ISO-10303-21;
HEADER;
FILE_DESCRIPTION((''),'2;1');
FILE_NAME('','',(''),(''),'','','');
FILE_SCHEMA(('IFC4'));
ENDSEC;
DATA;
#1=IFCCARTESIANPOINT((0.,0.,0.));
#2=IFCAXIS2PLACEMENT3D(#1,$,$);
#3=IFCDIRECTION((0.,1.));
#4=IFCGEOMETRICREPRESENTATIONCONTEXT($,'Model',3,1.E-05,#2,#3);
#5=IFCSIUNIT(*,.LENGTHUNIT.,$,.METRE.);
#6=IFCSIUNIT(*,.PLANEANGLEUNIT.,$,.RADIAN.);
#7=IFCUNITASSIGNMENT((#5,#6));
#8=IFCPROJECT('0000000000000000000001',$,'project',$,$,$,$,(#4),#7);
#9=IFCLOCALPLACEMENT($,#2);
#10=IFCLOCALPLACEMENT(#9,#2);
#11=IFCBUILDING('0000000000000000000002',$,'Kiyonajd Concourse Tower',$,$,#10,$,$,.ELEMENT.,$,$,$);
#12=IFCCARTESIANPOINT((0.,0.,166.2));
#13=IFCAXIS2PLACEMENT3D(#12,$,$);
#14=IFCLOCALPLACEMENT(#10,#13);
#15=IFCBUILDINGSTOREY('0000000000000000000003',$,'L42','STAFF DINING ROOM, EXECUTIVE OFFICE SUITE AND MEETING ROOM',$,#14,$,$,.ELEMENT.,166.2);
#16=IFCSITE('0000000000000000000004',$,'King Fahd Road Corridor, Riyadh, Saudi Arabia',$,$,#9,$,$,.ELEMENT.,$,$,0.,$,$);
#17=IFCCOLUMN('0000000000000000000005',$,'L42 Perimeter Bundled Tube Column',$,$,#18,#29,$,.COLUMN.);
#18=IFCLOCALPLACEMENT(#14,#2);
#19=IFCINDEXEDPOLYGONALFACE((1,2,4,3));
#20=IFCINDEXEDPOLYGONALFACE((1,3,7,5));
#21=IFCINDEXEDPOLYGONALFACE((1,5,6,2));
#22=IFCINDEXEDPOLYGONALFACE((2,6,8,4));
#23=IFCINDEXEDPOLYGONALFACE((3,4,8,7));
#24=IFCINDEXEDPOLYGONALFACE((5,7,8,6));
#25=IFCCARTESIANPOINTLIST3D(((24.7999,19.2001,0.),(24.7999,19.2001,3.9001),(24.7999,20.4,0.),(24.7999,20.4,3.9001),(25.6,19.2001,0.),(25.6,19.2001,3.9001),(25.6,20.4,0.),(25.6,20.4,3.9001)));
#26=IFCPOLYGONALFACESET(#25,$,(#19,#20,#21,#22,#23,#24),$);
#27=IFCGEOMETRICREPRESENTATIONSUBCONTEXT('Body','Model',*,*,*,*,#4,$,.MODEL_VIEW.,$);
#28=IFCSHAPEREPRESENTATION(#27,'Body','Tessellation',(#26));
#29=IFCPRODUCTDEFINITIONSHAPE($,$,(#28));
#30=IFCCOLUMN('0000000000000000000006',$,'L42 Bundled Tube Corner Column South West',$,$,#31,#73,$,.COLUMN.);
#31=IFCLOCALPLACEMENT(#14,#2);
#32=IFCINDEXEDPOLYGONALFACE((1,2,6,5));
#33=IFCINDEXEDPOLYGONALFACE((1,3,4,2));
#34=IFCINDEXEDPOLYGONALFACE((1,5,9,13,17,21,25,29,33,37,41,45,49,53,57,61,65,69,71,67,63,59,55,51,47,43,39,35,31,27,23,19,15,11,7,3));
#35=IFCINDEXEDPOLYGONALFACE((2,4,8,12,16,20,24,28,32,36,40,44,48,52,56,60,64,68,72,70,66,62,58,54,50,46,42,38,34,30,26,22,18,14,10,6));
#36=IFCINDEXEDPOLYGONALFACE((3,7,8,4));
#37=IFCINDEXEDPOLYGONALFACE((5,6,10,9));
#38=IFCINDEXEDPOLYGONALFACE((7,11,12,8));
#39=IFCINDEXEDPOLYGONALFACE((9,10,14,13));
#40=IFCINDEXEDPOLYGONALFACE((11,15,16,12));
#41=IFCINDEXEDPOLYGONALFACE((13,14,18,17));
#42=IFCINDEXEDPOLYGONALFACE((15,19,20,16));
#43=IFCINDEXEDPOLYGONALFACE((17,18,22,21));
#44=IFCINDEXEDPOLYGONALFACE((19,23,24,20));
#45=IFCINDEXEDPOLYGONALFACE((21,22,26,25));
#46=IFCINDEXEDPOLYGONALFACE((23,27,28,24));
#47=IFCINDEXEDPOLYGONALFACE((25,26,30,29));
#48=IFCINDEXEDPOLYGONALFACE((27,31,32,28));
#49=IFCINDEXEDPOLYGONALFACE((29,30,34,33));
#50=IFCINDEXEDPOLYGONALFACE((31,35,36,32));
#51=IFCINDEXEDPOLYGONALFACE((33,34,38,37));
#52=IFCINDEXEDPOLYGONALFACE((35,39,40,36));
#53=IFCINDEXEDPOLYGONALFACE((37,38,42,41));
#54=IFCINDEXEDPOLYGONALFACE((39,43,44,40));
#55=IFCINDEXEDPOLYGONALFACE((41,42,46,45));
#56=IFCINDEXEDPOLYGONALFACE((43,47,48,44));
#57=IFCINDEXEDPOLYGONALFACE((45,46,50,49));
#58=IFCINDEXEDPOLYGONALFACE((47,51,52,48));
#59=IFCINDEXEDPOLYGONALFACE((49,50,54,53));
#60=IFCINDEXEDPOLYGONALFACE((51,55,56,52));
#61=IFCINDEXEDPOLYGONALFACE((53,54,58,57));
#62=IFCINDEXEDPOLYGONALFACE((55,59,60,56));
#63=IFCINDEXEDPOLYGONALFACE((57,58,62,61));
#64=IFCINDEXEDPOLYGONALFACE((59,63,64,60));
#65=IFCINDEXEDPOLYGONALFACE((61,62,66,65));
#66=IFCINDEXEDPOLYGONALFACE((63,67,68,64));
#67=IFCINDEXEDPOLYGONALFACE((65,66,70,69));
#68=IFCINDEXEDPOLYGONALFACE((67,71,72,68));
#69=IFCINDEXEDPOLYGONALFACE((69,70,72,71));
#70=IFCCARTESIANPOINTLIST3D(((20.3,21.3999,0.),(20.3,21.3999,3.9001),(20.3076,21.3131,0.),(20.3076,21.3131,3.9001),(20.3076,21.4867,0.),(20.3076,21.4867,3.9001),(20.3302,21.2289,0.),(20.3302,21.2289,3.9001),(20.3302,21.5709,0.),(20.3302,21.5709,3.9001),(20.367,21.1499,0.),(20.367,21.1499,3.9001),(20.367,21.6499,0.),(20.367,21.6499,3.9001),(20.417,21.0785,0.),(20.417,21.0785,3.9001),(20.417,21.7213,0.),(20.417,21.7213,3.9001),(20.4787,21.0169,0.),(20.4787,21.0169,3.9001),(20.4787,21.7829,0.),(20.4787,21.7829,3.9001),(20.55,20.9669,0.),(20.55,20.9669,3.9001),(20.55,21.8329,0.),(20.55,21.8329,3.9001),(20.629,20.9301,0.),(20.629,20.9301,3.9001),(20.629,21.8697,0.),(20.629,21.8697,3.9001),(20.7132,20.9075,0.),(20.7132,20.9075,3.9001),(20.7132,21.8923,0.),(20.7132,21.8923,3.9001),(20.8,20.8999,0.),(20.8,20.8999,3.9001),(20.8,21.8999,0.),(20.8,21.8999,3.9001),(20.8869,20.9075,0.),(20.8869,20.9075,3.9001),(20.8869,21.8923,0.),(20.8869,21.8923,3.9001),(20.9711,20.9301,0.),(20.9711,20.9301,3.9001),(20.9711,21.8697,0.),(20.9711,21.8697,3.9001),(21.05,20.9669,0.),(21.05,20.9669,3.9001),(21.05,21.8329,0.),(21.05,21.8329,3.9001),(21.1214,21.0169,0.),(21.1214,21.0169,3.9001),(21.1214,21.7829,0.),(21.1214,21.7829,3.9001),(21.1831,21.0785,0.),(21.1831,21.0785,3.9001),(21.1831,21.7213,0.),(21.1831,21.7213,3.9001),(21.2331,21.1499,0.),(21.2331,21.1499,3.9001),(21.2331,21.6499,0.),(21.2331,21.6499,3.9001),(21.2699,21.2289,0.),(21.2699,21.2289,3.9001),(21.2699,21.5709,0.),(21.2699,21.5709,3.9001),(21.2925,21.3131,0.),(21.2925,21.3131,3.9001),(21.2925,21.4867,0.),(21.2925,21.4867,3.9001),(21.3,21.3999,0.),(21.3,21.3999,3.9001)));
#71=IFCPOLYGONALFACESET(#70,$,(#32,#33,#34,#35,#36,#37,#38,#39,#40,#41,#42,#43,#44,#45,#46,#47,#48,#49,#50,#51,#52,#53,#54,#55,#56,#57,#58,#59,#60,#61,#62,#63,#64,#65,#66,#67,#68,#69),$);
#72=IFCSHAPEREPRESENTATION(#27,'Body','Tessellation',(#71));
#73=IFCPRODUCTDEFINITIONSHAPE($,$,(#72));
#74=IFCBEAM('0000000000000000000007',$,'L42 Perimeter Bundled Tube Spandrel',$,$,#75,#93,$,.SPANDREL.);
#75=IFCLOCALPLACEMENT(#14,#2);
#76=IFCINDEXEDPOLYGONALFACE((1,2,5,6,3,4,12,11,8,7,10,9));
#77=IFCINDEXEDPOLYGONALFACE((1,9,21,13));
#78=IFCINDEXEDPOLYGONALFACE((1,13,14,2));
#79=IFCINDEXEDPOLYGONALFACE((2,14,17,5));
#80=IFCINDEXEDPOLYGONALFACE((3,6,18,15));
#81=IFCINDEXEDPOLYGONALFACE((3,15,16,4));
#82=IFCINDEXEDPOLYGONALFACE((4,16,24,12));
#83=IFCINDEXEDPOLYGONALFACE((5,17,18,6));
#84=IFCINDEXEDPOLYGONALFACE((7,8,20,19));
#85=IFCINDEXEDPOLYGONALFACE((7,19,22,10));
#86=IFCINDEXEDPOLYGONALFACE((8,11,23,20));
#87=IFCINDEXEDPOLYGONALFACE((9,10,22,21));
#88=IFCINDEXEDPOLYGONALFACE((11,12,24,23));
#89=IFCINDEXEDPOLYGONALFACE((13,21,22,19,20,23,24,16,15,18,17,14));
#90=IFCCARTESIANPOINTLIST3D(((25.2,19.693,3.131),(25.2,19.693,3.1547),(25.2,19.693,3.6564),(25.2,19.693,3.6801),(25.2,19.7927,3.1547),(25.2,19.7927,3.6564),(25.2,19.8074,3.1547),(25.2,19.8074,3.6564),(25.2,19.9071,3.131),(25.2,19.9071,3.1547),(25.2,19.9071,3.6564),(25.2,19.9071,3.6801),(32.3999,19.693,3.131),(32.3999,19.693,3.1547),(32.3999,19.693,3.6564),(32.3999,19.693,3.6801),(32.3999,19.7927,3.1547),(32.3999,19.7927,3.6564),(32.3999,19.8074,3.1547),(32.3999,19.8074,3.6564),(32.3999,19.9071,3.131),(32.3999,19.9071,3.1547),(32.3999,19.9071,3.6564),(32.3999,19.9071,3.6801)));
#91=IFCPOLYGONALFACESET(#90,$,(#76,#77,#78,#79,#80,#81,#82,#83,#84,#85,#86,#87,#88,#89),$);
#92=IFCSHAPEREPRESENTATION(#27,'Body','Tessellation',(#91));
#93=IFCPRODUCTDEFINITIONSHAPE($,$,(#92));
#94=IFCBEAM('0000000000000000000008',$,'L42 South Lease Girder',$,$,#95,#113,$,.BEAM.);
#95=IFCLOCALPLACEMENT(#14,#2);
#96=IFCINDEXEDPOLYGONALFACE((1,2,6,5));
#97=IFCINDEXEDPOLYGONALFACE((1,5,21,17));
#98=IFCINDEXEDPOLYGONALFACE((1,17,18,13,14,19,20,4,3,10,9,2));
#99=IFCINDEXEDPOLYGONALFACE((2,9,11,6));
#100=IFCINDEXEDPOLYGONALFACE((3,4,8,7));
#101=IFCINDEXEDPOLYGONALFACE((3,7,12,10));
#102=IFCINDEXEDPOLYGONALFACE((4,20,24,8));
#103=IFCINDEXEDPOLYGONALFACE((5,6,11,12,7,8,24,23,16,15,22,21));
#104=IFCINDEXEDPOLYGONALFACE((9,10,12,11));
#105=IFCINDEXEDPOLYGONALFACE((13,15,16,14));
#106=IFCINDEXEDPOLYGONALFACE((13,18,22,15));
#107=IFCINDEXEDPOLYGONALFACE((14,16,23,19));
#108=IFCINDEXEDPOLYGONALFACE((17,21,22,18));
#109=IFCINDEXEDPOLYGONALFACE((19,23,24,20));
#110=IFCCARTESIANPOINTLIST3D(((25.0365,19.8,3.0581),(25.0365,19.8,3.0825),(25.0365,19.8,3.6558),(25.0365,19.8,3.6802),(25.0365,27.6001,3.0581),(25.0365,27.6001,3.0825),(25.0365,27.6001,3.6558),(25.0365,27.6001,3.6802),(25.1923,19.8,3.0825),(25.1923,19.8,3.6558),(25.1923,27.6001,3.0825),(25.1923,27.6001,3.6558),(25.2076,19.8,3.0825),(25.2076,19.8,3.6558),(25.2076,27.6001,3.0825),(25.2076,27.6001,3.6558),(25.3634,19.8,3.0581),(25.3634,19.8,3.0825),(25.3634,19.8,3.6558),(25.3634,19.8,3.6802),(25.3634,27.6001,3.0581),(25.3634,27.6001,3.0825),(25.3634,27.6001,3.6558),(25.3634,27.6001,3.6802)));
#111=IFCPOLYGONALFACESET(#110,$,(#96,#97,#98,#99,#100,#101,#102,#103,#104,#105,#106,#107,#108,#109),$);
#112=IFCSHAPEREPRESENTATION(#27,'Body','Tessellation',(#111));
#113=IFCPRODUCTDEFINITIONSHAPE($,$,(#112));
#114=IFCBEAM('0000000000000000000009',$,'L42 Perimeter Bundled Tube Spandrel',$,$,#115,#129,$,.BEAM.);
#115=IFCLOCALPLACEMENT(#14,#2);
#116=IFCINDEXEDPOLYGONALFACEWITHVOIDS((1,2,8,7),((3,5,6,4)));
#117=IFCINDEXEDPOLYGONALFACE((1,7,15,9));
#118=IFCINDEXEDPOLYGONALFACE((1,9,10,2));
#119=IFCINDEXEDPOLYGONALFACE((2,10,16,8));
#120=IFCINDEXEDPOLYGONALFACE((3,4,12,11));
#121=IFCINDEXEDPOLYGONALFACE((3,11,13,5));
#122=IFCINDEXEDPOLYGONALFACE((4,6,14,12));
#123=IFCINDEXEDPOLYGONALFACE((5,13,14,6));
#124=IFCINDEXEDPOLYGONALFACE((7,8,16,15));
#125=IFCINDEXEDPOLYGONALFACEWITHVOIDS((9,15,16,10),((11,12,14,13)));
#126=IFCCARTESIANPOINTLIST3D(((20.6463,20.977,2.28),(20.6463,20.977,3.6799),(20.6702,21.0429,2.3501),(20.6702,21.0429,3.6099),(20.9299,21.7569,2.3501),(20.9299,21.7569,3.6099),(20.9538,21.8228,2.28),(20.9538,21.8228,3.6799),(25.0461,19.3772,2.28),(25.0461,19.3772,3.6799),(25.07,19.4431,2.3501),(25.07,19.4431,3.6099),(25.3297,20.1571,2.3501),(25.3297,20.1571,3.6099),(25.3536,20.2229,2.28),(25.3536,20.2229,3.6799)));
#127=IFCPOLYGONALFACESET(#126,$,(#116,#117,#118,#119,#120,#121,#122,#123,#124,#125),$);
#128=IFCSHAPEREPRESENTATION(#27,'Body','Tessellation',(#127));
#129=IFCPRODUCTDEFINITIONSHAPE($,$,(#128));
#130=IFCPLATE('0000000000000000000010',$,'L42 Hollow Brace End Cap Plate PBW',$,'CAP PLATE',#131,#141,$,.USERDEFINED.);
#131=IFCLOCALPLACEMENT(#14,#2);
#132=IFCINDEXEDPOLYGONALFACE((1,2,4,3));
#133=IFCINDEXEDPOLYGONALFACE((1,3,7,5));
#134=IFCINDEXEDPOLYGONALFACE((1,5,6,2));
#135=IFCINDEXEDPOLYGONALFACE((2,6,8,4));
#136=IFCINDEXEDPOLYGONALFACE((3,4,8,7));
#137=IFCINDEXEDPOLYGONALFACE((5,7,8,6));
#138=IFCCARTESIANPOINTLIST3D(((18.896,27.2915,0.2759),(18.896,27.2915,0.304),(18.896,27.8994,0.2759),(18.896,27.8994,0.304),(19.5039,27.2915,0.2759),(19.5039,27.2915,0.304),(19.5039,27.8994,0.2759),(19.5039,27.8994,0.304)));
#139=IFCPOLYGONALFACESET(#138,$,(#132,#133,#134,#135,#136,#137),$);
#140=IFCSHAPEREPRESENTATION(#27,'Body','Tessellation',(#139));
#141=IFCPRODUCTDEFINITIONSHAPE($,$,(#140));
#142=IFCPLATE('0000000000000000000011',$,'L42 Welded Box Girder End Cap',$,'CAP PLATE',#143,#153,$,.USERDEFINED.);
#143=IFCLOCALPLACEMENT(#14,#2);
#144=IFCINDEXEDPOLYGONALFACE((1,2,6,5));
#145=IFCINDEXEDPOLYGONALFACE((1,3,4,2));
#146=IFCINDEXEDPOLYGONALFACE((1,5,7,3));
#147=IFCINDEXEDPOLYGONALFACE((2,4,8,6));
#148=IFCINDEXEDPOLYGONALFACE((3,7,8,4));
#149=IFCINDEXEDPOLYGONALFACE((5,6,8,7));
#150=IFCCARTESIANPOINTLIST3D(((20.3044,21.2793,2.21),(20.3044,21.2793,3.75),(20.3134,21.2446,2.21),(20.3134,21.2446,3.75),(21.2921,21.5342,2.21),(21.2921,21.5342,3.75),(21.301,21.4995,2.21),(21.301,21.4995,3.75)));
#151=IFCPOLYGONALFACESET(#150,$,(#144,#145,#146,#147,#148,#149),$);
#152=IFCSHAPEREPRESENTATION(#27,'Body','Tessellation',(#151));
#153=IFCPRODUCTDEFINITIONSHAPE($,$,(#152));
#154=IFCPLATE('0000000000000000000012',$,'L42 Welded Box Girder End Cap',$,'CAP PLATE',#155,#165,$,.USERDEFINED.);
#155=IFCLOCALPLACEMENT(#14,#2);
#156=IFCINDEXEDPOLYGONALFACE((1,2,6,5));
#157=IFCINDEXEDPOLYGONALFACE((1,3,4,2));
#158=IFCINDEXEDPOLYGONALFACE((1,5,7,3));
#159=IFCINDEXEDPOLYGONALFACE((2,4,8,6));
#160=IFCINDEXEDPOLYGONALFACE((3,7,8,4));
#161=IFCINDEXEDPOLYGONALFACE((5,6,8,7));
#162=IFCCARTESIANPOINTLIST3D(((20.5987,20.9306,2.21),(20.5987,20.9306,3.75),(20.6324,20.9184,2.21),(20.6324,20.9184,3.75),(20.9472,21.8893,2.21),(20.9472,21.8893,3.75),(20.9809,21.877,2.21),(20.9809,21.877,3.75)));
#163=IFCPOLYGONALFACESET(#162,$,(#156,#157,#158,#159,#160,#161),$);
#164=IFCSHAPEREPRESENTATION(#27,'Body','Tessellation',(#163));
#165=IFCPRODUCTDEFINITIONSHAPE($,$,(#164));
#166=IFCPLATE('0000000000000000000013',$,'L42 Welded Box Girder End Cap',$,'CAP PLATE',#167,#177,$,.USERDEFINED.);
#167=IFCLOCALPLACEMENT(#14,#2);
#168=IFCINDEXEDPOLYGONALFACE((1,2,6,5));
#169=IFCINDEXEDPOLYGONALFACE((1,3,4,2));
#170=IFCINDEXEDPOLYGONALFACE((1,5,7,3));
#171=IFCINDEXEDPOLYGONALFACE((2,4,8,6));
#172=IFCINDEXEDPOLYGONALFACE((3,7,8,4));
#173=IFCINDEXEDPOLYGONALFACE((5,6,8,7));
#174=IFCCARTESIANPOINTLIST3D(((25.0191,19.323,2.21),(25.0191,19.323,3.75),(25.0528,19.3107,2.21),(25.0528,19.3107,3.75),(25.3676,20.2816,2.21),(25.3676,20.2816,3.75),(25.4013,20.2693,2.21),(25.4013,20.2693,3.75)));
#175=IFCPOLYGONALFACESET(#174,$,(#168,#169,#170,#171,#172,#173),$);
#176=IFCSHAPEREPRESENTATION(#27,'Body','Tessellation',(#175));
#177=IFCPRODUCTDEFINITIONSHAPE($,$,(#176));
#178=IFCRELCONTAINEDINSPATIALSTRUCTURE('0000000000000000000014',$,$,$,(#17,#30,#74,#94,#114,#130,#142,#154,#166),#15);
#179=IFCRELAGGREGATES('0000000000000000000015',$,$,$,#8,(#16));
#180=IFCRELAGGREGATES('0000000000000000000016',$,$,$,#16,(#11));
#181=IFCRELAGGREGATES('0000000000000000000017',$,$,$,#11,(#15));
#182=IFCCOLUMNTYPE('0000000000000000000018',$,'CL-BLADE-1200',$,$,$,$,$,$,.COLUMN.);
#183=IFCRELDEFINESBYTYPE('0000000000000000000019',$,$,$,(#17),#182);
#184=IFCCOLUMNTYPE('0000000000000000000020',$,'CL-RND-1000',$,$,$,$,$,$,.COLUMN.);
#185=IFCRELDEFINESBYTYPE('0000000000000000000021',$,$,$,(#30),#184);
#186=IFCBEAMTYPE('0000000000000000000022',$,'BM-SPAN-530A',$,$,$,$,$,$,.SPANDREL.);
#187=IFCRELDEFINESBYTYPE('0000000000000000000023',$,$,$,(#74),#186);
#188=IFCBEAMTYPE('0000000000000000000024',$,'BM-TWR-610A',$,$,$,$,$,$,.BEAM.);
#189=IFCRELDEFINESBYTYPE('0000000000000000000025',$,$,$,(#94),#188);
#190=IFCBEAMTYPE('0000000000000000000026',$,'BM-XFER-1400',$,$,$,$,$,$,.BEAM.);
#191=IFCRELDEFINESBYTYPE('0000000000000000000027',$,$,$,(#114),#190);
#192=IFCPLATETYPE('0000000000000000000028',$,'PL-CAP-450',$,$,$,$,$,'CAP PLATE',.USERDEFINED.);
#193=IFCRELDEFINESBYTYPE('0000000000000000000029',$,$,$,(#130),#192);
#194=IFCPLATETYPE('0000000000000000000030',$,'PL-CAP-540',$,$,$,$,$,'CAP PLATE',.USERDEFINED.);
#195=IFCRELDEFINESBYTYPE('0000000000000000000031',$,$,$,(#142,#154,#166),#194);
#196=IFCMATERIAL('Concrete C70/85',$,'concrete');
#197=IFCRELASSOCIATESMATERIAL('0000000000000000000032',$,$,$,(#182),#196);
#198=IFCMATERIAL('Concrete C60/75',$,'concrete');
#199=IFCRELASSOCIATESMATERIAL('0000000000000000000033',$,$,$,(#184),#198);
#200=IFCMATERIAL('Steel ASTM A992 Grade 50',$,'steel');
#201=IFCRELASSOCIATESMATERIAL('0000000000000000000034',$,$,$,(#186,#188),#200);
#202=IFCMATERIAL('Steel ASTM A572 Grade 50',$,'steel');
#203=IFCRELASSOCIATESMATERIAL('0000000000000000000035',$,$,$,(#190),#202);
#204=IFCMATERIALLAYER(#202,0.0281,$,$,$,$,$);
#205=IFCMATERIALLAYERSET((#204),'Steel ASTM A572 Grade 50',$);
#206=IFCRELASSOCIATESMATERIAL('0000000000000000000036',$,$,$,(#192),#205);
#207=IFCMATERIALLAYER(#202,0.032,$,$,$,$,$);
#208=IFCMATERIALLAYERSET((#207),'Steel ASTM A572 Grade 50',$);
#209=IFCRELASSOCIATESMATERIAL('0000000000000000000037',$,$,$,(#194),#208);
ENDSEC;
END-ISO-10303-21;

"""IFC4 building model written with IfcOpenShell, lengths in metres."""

from ifc_helpers import new_model, si_unit, direction, frame, origin, origin_2d, place, context, subcontext, project, spatial, rectangle, hollow_rectangle, circle, i_section, extrude, material, layer, layer_set, material_profile, profile_set, type_object, element, save


model = new_model("IFC4")

# Units and contexts
model_context = context("Model", 3, precision=1e-05, world=origin(), true_north=direction((0.0, 1.0)))
body_context = subcontext(model_context, "Body", "Model", "MODEL_VIEW")
ifc_project = project(units=[si_unit("LENGTHUNIT", "METRE"), si_unit("PLANEANGLEUNIT", "RADIAN")], contexts=[model_context])

# Site, building, storey
site_placement = place(None, origin())
site = spatial("IfcSite", under=ifc_project, at=site_placement, Name="King Fahd Road Corridor, Riyadh, Saudi Arabia", CompositionType="ELEMENT", RefElevation=0.0)
building_placement = place(site_placement, origin())
building = spatial("IfcBuilding", under=site, at=building_placement, Name="Kiyonajd Concourse Tower", CompositionType="ELEMENT")
storey_placement = place(building_placement, frame((0.0, 0.0, 166.2)))
storey = spatial("IfcBuildingStorey", under=building, at=storey_placement, Name="L42", Description="STAFF DINING ROOM, EXECUTIVE OFFICE SUITE AND MEETING ROOM", CompositionType="ELEMENT", Elevation=166.2)

# Columns
ifc_material_1 = material(Name="Concrete C70/85", Category="concrete")
ifc_material_profile_1 = material_profile(ifc_material_1, rectangle(XDim=0.8, YDim=1.2, at=origin_2d()), Name="RC-1200x800")
ifc_profile_set_1 = profile_set([ifc_material_profile_1], Name="Concrete C70/85")
column_type_1 = type_object("IfcColumnType", Name="CL-BLADE-1200", PredefinedType="COLUMN", material=ifc_profile_set_1)
column_1_placement = place(storey_placement, frame((25.2, 19.8, 0.0), z_axis=(0.0, 0.0, 1.0), x_axis=(1.0, 0.0, 0.0)))
element("IfcColumn", 1, at=column_1_placement, inside=storey, type_object=column_type_1, Name="L42 Perimeter Bundled Tube Column", PredefinedType="COLUMN", context=body_context, shape_type="SweptSolid", body=[
    extrude(rectangle(XDim=0.8, YDim=1.2, at=origin_2d()), origin(), (0.0, 0.0, 1.0), 3.9001),
])
ifc_material_2 = material(Name="Concrete C60/75", Category="concrete")
ifc_material_profile_2 = material_profile(ifc_material_2, circle(Radius=0.5, at=origin_2d()), Name="RCC-D1000")
ifc_profile_set_2 = profile_set([ifc_material_profile_2], Name="Concrete C60/75")
column_type_2 = type_object("IfcColumnType", Name="CL-RND-1000", PredefinedType="COLUMN", material=ifc_profile_set_2)
column_2_placement = place(storey_placement, frame((20.8, 21.3999, 0.0), z_axis=(0.0, 0.0, 1.0), x_axis=(1.0, 0.0, 0.0)))
element("IfcColumn", 2, at=column_2_placement, inside=storey, type_object=column_type_2, Name="L42 Bundled Tube Corner Column South West", PredefinedType="COLUMN", context=body_context, shape_type="SweptSolid", body=[
    extrude(circle(Radius=0.5, at=origin_2d()), origin(), (0.0, 0.0, 1.0), 3.9001),
])

# Beams
ifc_material_3 = material(Name="Steel ASTM A992 Grade 50", Category="steel")
ifc_material_profile_3 = material_profile(ifc_material_3, i_section(OverallWidth=0.2141, OverallDepth=0.5491, WebThickness=0.0146, FlangeThickness=0.0237, at=origin_2d()), Name="W530X138")
ifc_profile_set_3 = profile_set([ifc_material_profile_3], Name="Steel ASTM A992 Grade 50")
beam_type_1 = type_object("IfcBeamType", Name="BM-SPAN-530A", PredefinedType="SPANDREL", material=ifc_profile_set_3)
beam_1_placement = place(storey_placement, frame((25.2, 19.8, 3.4055), z_axis=(1.0, 0.0, 0.0), x_axis=(0.0, 1.0, 0.0)))
element("IfcBeam", 3, at=beam_1_placement, inside=storey, type_object=beam_type_1, Name="L42 Perimeter Bundled Tube Spandrel", PredefinedType="SPANDREL", context=body_context, shape_type="SweptSolid", body=[
    extrude(i_section(OverallWidth=0.2141, OverallDepth=0.5491, WebThickness=0.0146, FlangeThickness=0.0237, at=origin_2d()), origin(), (0.0, 0.0, 1.0), 7.2),
])
ifc_material_profile_4 = material_profile(ifc_material_3, i_section(OverallWidth=0.3269, OverallDepth=0.6221, WebThickness=0.0154, FlangeThickness=0.0244, at=origin_2d()), Name="W610X195")
ifc_profile_set_4 = profile_set([ifc_material_profile_4], Name="Steel ASTM A992 Grade 50")
beam_type_2 = type_object("IfcBeamType", Name="BM-TWR-610A", PredefinedType="BEAM", material=ifc_profile_set_4)
beam_2_placement = place(storey_placement, frame((25.2, 19.8, 3.3691), z_axis=(0.0, 1.0, 0.0), x_axis=(-1.0, 0.0, 0.0)))
element("IfcBeam", 4, at=beam_2_placement, inside=storey, type_object=beam_type_2, Name="L42 South Lease Girder", PredefinedType="BEAM", context=body_context, shape_type="SweptSolid", body=[
    extrude(i_section(OverallWidth=0.3269, OverallDepth=0.6221, WebThickness=0.0154, FlangeThickness=0.0244, at=origin_2d()), origin(), (0.0, 0.0, 1.0), 7.8),
])
ifc_material_4 = material(Name="Steel ASTM A572 Grade 50", Category="steel")
ifc_material_profile_5 = material_profile(ifc_material_4, hollow_rectangle(XDim=0.8999, YDim=1.3999, WallThickness=0.0701, at=origin_2d()), Name="BOX-1400x900x70")
ifc_profile_set_5 = profile_set([ifc_material_profile_5], Name="Steel ASTM A572 Grade 50")
beam_type_3 = type_object("IfcBeamType", Name="BM-XFER-1400", PredefinedType="BEAM", material=ifc_profile_set_5)
beam_3_placement = place(storey_placement, frame((20.8, 21.3999, 2.98), z_axis=(0.939801, -0.341722, 0.0), x_axis=(0.341722, 0.939801, 0.0)))
element("IfcBeam", 5, at=beam_3_placement, inside=storey, type_object=beam_type_3, Name="L42 Perimeter Bundled Tube Spandrel", PredefinedType="BEAM", context=body_context, shape_type="SweptSolid", body=[
    extrude(hollow_rectangle(XDim=0.8999, YDim=1.3999, WallThickness=0.0701, at=origin_2d()), origin(), (0.0, 0.0, 1.0), 4.6816),
])

# Plates
ifc_layer_1 = layer(ifc_material_4, 0.0281)
ifc_layer_set_1 = layer_set([ifc_layer_1], Name="Steel ASTM A572 Grade 50")
plate_type_1 = type_object("IfcPlateType", Name="PL-CAP-450", ElementType="CAP PLATE", PredefinedType="USERDEFINED", material=ifc_layer_set_1)
plate_placement = place(storey_placement, frame((19.2, 27.5955, 0.2759), z_axis=(0.0, 0.0, 1.0), x_axis=(1.0, 0.0, 0.0)))
element("IfcPlate", 6, at=plate_placement, inside=storey, type_object=plate_type_1, Name="L42 Hollow Brace End Cap Plate PBW", ObjectType="CAP PLATE", PredefinedType="USERDEFINED", context=body_context, shape_type="SweptSolid", body=[
    extrude(rectangle(XDim=0.6079, YDim=0.6079, at=origin_2d()), origin(), (0.0, 0.0, 1.0), 0.0281),
])
ifc_layer_2 = layer(ifc_material_4, 0.032)
ifc_layer_set_2 = layer_set([ifc_layer_2], Name="Steel ASTM A572 Grade 50")
plate_type_2 = type_object("IfcPlateType", Name="PL-CAP-540", ElementType="CAP PLATE", PredefinedType="USERDEFINED", material=ifc_layer_set_2)
for number, where, z_axis, x_axis, name in (
    (7, (20.8027, 21.3894, 2.21), (0.0, 0.0, 1.0), (0.249873, -0.968279, 0.0), "L42 Welded Box Girder End Cap"),
    (8, (20.7898, 21.4038, 2.21), (0.0, 0.0, 1.0), (-0.939812, 0.341692, 0.0), "L42 Welded Box Girder End Cap"),
    (9, (25.2102, 19.7961, 2.21), (0.0, 0.0, 1.0), (0.939812, -0.341692, 0.0), "L42 Welded Box Girder End Cap"),
):
    element("IfcPlate", number, at=place(storey_placement, frame(where, z_axis=z_axis, x_axis=x_axis)), inside=storey, type_object=plate_type_2, Name=name, ObjectType="CAP PLATE", PredefinedType="USERDEFINED", context=body_context, shape_type="SweptSolid", body=[
        extrude(rectangle(XDim=0.0359, YDim=1.02, at=origin_2d()), origin(), (0.0, 0.0, 1.0), 1.54),
    ])

save(model, "model.ifc")
